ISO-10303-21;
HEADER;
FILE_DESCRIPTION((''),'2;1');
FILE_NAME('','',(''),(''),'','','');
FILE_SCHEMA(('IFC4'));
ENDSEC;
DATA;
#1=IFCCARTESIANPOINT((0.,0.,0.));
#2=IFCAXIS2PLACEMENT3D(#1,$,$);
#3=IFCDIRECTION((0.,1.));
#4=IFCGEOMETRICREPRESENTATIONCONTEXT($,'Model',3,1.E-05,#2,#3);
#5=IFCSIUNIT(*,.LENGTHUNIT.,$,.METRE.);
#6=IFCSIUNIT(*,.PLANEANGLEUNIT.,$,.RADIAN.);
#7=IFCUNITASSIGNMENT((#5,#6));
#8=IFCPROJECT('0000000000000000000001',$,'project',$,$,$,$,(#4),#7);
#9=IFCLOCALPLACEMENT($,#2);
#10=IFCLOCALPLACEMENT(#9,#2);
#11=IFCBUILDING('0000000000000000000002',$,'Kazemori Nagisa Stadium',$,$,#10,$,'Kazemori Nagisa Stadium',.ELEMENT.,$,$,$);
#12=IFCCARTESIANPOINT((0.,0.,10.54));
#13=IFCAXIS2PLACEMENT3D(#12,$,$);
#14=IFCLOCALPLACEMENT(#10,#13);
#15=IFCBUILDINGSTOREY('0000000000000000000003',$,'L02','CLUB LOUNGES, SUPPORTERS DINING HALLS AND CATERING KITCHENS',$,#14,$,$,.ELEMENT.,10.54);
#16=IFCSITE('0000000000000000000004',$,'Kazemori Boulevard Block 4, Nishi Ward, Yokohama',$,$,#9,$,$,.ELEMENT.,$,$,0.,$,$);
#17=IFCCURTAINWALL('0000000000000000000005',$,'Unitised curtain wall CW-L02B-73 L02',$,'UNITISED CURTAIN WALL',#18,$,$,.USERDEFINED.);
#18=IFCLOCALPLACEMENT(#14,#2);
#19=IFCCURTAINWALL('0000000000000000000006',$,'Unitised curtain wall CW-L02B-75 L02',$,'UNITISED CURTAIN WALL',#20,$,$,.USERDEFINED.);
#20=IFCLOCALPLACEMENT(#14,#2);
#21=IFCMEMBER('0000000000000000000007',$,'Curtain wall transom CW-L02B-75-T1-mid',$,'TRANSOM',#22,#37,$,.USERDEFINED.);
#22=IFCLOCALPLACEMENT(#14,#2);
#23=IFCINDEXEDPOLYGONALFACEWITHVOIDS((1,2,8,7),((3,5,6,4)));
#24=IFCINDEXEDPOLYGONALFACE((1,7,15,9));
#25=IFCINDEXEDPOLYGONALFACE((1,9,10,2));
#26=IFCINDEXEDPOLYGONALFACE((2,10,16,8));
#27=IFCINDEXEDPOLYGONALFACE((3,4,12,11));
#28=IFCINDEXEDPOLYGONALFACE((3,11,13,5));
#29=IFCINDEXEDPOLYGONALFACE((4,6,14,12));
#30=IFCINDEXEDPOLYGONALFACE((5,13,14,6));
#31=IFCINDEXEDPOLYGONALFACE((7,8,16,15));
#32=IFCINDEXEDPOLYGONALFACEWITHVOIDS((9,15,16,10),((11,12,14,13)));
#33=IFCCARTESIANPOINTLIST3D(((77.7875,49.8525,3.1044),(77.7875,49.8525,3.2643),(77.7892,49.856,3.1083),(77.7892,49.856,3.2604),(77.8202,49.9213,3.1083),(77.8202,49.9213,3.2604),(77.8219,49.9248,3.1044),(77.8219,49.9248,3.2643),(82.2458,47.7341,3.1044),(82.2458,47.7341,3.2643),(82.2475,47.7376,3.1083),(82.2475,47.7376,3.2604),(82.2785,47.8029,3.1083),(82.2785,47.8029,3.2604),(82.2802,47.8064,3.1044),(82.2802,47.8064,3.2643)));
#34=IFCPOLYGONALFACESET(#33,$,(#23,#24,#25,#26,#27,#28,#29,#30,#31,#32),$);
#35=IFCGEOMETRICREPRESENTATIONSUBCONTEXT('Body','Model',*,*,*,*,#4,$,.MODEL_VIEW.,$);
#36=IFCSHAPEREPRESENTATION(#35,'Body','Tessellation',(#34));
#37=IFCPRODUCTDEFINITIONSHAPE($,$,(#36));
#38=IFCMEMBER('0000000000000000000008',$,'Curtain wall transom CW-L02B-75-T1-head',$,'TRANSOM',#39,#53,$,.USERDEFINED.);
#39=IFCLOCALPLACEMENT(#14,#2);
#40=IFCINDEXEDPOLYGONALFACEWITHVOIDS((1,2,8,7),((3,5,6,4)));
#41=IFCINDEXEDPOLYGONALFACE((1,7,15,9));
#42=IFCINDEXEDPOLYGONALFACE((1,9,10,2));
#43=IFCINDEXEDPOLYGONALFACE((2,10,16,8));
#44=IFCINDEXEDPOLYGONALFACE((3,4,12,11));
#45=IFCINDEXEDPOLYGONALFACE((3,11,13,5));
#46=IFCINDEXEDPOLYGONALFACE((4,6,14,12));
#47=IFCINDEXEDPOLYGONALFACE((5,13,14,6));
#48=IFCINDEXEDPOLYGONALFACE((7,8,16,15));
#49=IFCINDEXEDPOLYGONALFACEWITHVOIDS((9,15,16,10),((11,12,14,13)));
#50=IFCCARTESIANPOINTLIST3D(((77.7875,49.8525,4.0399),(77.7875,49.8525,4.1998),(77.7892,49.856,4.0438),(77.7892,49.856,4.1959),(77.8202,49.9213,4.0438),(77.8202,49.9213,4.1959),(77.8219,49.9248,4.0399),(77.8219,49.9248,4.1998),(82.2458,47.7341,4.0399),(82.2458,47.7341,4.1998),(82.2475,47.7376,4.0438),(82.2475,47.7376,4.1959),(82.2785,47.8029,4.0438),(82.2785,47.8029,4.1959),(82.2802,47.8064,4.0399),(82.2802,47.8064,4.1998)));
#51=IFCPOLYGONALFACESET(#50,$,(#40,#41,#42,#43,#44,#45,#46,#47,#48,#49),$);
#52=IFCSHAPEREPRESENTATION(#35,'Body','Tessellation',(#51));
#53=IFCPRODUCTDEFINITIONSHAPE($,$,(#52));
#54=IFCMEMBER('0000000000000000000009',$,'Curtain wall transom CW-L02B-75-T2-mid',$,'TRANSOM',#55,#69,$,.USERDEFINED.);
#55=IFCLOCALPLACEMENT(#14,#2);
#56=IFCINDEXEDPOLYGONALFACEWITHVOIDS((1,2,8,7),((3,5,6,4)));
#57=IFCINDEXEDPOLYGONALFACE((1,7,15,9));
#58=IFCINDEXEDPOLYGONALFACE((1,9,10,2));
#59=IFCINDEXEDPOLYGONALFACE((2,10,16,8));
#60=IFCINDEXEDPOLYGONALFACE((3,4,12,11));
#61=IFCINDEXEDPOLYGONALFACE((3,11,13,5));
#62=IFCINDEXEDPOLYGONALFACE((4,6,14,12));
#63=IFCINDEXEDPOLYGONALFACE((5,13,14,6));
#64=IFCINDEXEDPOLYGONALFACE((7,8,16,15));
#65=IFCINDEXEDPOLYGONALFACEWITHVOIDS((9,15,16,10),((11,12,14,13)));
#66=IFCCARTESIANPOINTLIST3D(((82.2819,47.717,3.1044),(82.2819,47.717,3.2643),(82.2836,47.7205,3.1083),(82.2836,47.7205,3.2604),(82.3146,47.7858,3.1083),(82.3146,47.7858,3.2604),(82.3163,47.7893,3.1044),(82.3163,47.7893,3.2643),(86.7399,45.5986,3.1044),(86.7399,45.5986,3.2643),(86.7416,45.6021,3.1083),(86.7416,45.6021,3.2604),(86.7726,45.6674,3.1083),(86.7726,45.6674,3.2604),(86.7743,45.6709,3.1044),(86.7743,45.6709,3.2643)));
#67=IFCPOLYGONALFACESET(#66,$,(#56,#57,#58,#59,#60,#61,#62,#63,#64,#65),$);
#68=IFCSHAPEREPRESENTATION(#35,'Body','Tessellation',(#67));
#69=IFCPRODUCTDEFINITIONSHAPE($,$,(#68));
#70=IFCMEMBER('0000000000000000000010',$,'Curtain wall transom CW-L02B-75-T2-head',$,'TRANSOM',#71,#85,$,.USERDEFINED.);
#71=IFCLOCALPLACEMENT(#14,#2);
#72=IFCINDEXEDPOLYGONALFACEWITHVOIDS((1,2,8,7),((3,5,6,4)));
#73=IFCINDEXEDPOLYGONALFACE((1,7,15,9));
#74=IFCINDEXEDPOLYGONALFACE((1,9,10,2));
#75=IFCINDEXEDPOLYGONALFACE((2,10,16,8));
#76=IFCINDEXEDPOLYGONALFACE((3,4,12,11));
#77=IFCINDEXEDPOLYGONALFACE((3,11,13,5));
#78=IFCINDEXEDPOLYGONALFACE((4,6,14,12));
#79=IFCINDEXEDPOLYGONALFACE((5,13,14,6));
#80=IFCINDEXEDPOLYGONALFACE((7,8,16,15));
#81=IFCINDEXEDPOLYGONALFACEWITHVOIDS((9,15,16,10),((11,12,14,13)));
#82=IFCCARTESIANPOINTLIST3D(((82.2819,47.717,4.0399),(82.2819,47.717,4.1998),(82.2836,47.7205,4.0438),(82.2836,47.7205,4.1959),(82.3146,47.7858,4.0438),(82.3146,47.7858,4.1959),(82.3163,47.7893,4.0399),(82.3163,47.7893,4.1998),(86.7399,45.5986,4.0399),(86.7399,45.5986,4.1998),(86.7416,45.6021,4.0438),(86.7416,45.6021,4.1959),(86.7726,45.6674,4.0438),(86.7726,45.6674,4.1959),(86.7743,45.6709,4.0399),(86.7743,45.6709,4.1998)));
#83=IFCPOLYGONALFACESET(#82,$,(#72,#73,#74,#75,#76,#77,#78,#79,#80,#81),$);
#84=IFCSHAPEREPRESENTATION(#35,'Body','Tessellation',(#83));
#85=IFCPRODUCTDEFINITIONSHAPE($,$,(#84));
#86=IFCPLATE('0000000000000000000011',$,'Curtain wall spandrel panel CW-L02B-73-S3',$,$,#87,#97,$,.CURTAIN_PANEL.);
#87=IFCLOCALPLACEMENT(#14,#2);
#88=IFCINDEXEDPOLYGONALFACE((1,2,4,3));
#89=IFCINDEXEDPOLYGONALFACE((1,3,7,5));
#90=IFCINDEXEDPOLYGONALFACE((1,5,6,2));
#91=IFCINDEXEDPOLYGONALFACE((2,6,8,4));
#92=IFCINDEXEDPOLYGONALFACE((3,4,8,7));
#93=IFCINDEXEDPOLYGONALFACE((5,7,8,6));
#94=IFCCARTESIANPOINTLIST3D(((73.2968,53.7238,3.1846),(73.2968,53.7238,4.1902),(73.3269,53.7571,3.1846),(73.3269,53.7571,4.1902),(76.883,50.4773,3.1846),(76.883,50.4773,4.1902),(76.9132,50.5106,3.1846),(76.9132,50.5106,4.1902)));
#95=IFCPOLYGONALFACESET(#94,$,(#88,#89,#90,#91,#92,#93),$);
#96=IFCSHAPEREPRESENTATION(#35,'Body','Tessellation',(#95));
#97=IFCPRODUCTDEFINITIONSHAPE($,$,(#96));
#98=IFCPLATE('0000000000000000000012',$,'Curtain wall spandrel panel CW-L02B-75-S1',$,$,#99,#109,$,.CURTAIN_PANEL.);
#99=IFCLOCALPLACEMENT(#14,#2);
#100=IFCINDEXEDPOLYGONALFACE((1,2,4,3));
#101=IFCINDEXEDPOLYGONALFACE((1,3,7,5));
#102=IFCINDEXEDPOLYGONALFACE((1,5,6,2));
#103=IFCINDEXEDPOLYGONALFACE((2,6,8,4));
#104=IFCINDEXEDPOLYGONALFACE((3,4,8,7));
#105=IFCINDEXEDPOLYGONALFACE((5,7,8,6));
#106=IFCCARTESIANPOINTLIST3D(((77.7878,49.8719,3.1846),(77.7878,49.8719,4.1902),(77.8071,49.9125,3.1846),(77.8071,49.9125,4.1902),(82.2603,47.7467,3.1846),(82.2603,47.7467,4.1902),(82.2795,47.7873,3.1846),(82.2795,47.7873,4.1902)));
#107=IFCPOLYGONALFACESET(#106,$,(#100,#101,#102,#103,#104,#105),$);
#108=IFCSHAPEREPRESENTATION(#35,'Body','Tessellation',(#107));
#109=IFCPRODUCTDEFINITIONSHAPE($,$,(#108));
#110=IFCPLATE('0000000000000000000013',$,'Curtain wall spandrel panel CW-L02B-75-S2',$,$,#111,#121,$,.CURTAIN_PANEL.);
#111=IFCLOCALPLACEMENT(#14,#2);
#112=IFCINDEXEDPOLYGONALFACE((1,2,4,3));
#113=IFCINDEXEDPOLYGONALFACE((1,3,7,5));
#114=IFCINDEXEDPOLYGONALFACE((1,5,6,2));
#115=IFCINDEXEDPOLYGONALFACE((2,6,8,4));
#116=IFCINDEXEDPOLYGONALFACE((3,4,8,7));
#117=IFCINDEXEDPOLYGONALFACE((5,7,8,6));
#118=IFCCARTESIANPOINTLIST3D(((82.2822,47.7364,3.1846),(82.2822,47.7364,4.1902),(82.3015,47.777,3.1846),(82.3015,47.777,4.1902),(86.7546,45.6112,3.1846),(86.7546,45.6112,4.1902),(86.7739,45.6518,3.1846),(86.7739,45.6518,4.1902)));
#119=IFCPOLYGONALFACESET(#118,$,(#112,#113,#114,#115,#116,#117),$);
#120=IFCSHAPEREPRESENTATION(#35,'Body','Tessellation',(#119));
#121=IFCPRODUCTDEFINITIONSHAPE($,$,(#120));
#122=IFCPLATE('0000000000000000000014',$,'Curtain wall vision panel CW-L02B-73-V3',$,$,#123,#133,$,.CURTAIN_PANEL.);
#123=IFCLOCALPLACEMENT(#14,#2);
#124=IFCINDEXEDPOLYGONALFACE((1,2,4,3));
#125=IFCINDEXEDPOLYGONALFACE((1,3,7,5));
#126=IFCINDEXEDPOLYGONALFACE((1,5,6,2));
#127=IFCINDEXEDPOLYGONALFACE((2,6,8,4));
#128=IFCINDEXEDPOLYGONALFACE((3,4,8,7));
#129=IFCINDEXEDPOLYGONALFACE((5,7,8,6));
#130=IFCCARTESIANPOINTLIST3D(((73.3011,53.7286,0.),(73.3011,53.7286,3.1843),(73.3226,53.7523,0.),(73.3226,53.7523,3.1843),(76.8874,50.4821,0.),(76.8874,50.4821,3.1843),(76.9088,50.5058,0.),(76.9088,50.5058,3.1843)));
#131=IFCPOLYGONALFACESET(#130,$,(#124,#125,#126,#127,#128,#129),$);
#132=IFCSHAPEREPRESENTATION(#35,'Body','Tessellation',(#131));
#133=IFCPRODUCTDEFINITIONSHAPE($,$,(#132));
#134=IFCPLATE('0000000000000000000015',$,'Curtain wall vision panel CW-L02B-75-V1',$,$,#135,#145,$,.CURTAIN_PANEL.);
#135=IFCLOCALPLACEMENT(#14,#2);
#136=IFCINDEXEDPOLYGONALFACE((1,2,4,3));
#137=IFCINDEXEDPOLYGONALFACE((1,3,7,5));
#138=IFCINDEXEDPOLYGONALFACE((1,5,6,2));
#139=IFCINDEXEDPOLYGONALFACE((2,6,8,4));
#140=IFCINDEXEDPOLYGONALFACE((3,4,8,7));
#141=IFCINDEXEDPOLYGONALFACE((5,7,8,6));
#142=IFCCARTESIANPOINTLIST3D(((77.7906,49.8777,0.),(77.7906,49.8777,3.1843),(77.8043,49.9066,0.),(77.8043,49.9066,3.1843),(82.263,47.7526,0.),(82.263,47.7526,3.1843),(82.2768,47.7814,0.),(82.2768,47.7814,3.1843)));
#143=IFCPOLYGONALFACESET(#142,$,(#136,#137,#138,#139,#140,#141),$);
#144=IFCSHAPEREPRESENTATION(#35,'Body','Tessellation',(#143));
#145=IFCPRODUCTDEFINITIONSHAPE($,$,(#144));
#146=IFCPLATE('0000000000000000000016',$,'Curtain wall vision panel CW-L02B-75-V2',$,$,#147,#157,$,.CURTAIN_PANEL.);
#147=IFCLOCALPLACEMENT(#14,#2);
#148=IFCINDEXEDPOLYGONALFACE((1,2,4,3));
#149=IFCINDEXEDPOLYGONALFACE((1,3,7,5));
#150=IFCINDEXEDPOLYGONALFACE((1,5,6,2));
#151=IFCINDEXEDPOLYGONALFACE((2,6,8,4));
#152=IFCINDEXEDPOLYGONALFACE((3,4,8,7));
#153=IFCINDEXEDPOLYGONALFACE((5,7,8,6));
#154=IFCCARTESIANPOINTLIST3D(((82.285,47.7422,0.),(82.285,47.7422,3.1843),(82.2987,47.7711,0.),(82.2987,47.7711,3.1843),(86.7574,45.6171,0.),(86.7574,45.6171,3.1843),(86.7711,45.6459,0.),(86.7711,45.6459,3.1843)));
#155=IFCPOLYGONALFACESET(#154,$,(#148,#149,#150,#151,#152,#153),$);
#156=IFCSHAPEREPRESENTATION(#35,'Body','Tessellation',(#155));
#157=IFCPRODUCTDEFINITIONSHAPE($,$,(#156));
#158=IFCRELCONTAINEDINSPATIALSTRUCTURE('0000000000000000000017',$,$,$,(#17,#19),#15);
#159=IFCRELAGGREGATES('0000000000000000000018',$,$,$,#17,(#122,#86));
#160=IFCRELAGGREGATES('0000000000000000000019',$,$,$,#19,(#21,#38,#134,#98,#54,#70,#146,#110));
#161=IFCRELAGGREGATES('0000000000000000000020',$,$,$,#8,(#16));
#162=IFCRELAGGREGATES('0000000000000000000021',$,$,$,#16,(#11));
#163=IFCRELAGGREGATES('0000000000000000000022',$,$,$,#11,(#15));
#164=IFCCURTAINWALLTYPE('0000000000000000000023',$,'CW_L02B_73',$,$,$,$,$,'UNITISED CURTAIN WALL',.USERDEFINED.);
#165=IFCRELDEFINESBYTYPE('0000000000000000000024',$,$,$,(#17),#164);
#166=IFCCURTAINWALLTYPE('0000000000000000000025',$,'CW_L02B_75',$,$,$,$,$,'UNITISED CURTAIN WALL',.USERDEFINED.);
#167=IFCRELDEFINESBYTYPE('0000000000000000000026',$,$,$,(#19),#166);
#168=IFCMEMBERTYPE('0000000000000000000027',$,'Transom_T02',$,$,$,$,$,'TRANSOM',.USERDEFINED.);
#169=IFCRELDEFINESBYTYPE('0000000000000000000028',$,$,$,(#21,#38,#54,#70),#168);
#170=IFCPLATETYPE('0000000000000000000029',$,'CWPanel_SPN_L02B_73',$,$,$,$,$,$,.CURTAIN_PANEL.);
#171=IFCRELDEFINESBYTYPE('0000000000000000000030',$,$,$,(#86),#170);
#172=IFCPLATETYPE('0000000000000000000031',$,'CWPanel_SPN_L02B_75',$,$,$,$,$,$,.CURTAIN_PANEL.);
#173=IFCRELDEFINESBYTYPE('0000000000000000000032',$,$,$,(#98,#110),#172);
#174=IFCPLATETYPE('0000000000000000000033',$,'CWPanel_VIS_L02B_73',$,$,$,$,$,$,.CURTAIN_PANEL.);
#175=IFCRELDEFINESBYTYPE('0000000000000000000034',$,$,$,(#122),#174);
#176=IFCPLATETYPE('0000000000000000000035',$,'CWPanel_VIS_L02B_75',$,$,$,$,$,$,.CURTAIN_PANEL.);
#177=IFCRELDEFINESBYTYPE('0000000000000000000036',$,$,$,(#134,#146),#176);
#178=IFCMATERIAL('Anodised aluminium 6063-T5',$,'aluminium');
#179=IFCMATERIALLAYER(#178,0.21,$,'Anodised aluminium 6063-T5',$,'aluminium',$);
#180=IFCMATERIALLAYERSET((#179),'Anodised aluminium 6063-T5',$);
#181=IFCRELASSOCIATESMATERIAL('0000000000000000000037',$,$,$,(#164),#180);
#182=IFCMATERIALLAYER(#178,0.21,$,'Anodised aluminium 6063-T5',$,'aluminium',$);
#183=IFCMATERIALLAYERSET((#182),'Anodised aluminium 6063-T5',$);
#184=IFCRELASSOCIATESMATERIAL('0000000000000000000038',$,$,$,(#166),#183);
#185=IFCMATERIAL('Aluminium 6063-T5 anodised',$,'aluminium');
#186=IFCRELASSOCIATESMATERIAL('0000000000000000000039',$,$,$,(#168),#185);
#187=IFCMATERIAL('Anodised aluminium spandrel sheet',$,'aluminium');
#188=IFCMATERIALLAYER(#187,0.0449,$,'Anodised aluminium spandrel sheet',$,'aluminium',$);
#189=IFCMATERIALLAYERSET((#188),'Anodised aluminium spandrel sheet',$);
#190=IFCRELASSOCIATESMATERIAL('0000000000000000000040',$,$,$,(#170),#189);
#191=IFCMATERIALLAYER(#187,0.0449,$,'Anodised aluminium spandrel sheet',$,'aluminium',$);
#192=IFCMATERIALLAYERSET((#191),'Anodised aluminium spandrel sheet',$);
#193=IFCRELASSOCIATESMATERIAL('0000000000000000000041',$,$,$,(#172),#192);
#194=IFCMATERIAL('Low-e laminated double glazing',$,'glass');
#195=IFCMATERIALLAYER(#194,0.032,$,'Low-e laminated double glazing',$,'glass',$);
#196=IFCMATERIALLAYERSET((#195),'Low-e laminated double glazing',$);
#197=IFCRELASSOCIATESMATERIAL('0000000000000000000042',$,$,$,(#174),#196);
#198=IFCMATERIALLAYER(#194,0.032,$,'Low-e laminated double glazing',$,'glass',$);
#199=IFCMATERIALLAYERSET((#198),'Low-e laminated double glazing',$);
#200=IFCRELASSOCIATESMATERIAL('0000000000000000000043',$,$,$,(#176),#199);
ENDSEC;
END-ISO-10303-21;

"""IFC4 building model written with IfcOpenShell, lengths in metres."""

from ifc_helpers import new_model, si_unit, direction, frame, origin, origin_2d, place, context, subcontext, project, spatial, rectangle, hollow_rectangle, extrude, material, layer, layer_set, material_profile, profile_set, type_object, element, aggregate, save


model = new_model("IFC4")

# Units and contexts
model_context = context("Model", 3, precision=1e-05, world=origin(), true_north=direction((0.0, 1.0)))
body_context = subcontext(model_context, "Body", "Model", "MODEL_VIEW")
ifc_project = project(units=[si_unit("LENGTHUNIT", "METRE"), si_unit("PLANEANGLEUNIT", "RADIAN")], contexts=[model_context])

# Site, building, storey
site_placement = place(None, origin())
site = spatial("IfcSite", under=ifc_project, at=site_placement, Name="Kazemori Boulevard Block 4, Nishi Ward, Yokohama", CompositionType="ELEMENT", RefElevation=0.0)
building_placement = place(site_placement, origin())
building = spatial("IfcBuilding", under=site, at=building_placement, Name="Kazemori Nagisa Stadium", LongName="Kazemori Nagisa Stadium", CompositionType="ELEMENT")
storey_placement = place(building_placement, frame((0.0, 0.0, 10.54)))
storey = spatial("IfcBuildingStorey", under=building, at=storey_placement, Name="L02", Description="CLUB LOUNGES, SUPPORTERS DINING HALLS AND CATERING KITCHENS", CompositionType="ELEMENT", Elevation=10.54)

# Curtain walls
ifc_material_1 = material(Name="Anodised aluminium 6063-T5", Category="aluminium")
ifc_layer_1 = layer(ifc_material_1, 0.21, Name="Anodised aluminium 6063-T5", Category="aluminium")
ifc_layer_set_1 = layer_set([ifc_layer_1], Name="Anodised aluminium 6063-T5")
curtain_wall_type_1 = type_object("IfcCurtainWallType", Name="CW_L02B_73", ElementType="UNITISED CURTAIN WALL", PredefinedType="USERDEFINED", material=ifc_layer_set_1)
curtain_wall_1_placement = place(storey_placement, origin())
curtain_wall_1 = element("IfcCurtainWall", 1, at=curtain_wall_1_placement, inside=storey, type_object=curtain_wall_type_1, Name="Unitised curtain wall CW-L02B-73 L02", ObjectType="UNITISED CURTAIN WALL", PredefinedType="USERDEFINED")
ifc_material_2 = material(Name="Aluminium 6063-T5 anodised", Category="aluminium")
ifc_layer_2 = layer(ifc_material_1, 0.21, Name="Anodised aluminium 6063-T5", Category="aluminium")
ifc_layer_set_2 = layer_set([ifc_layer_2], Name="Anodised aluminium 6063-T5")
curtain_wall_type_2 = type_object("IfcCurtainWallType", Name="CW_L02B_75", ElementType="UNITISED CURTAIN WALL", PredefinedType="USERDEFINED", material=ifc_layer_set_2)
curtain_wall_2_placement = place(storey_placement, origin())
curtain_wall_2 = element("IfcCurtainWall", 2, at=curtain_wall_2_placement, inside=storey, type_object=curtain_wall_type_2, Name="Unitised curtain wall CW-L02B-75 L02", ObjectType="UNITISED CURTAIN WALL", PredefinedType="USERDEFINED")

# Members
ifc_material_profile_1 = material_profile(ifc_material_2, hollow_rectangle(XDim=0.0801, YDim=0.1599, WallThickness=0.0039, at=origin_2d()), Name="ALU-TRAN-80x160x4")
ifc_profile_set_1 = profile_set([ifc_material_profile_1], Name="Aluminium 6063-T5 anodised")
member_type_1 = type_object("IfcMemberType", Name="Transom_T02", ElementType="TRANSOM", PredefinedType="USERDEFINED", material=ifc_profile_set_1)
member_1_placement = place(storey_placement, frame((77.8047, 49.8887, 3.1843), z_axis=(0.90322, -0.429179, 0.0), x_axis=(0.429179, 0.90322, 0.0)))
member_1 = element("IfcMember", 3, at=member_1_placement, type_object=member_type_1, Name="Curtain wall transom CW-L02B-75-T1-mid", ObjectType="TRANSOM", PredefinedType="USERDEFINED", context=body_context, shape_type="SweptSolid", body=[
    extrude(hollow_rectangle(XDim=0.0801, YDim=0.1599, WallThickness=0.0039, at=origin_2d()), origin(), (0.0, 0.0, 1.0), 4.936),
])
member_2_placement = place(storey_placement, frame((77.8047, 49.8887, 4.1199), z_axis=(0.90322, -0.429179, 0.0), x_axis=(0.429179, 0.90322, 0.0)))
member_2 = element("IfcMember", 4, at=member_2_placement, type_object=member_type_1, Name="Curtain wall transom CW-L02B-75-T1-head", ObjectType="TRANSOM", PredefinedType="USERDEFINED", context=body_context, shape_type="SweptSolid", body=[
    extrude(hollow_rectangle(XDim=0.0801, YDim=0.1599, WallThickness=0.0039, at=origin_2d()), origin(), (0.0, 0.0, 1.0), 4.936),
])
member_3_placement = place(storey_placement, frame((82.2991, 47.7532, 3.1843), z_axis=(0.90321, -0.429198, 0.0), x_axis=(0.429198, 0.90321, 0.0)))
member_3 = element("IfcMember", 5, at=member_3_placement, type_object=member_type_1, Name="Curtain wall transom CW-L02B-75-T2-mid", ObjectType="TRANSOM", PredefinedType="USERDEFINED", context=body_context, shape_type="SweptSolid", body=[
    extrude(hollow_rectangle(XDim=0.0801, YDim=0.1599, WallThickness=0.0039, at=origin_2d()), origin(), (0.0, 0.0, 1.0), 4.9358),
])
member_4_placement = place(storey_placement, frame((82.2991, 47.7532, 4.1199), z_axis=(0.90321, -0.429198, 0.0), x_axis=(0.429198, 0.90321, 0.0)))
member_4 = element("IfcMember", 6, at=member_4_placement, type_object=member_type_1, Name="Curtain wall transom CW-L02B-75-T2-head", ObjectType="TRANSOM", PredefinedType="USERDEFINED", context=body_context, shape_type="SweptSolid", body=[
    extrude(hollow_rectangle(XDim=0.0801, YDim=0.1599, WallThickness=0.0039, at=origin_2d()), origin(), (0.0, 0.0, 1.0), 4.9358),
])

# Plates
ifc_material_3 = material(Name="Anodised aluminium spandrel sheet", Category="aluminium")
ifc_layer_3 = layer(ifc_material_3, 0.0449, Name="Anodised aluminium spandrel sheet", Category="aluminium")
ifc_layer_set_3 = layer_set([ifc_layer_3], Name="Anodised aluminium spandrel sheet")
plate_type_1 = type_object("IfcPlateType", Name="CWPanel_SPN_L02B_73", PredefinedType="CURTAIN_PANEL", material=ifc_layer_set_3)
plate_1_placement = place(storey_placement, frame((75.105, 52.1172, 3.1846), z_axis=(0.0, 0.0, 1.0), x_axis=(0.741351, -0.671118, 0.0)))
plate_1 = element("IfcPlate", 7, at=plate_1_placement, type_object=plate_type_1, Name="Curtain wall spandrel panel CW-L02B-73-S3", PredefinedType="CURTAIN_PANEL", context=body_context, shape_type="SweptSolid", body=[
    extrude(rectangle(XDim=4.8374, YDim=0.0449, at=origin_2d()), origin(), (0.0, 0.0, 1.0), 1.0056),
])
ifc_layer_4 = layer(ifc_material_3, 0.0449, Name="Anodised aluminium spandrel sheet", Category="aluminium")
ifc_layer_set_4 = layer_set([ifc_layer_4], Name="Anodised aluminium spandrel sheet")
plate_type_2 = type_object("IfcPlateType", Name="CWPanel_SPN_L02B_75", PredefinedType="CURTAIN_PANEL", material=ifc_layer_set_4)
plate_2_placement = place(storey_placement, frame((80.0337, 48.8296, 3.1846), z_axis=(0.0, 0.0, 1.0), x_axis=(0.903216, -0.429186, 0.0)))
plate_2 = element("IfcPlate", 8, at=plate_2_placement, type_object=plate_type_2, Name="Curtain wall spandrel panel CW-L02B-75-S1", PredefinedType="CURTAIN_PANEL", context=body_context, shape_type="SweptSolid", body=[
    extrude(rectangle(XDim=4.9517, YDim=0.0449, at=origin_2d()), origin(), (0.0, 0.0, 1.0), 1.0056),
])
plate_3_placement = place(storey_placement, frame((84.5281, 46.6941, 3.1846), z_axis=(0.0, 0.0, 1.0), x_axis=(0.903216, -0.429186, 0.0)))
plate_3 = element("IfcPlate", 9, at=plate_3_placement, type_object=plate_type_2, Name="Curtain wall spandrel panel CW-L02B-75-S2", PredefinedType="CURTAIN_PANEL", context=body_context, shape_type="SweptSolid", body=[
    extrude(rectangle(XDim=4.9517, YDim=0.0449, at=origin_2d()), origin(), (0.0, 0.0, 1.0), 1.0056),
])
ifc_material_4 = material(Name="Low-e laminated double glazing", Category="glass")
ifc_layer_5 = layer(ifc_material_4, 0.032, Name="Low-e laminated double glazing", Category="glass")
ifc_layer_set_5 = layer_set([ifc_layer_5], Name="Low-e laminated double glazing")
plate_type_3 = type_object("IfcPlateType", Name="CWPanel_VIS_L02B_73", PredefinedType="CURTAIN_PANEL", material=ifc_layer_set_5)
plate_4_placement = place(storey_placement, frame((75.105, 52.1172, 0.0), z_axis=(0.0, 0.0, 1.0), x_axis=(0.741351, -0.671118, 0.0)))
plate_4 = element("IfcPlate", 10, at=plate_4_placement, type_object=plate_type_3, Name="Curtain wall vision panel CW-L02B-73-V3", PredefinedType="CURTAIN_PANEL", context=body_context, shape_type="SweptSolid", body=[
    extrude(rectangle(XDim=4.8374, YDim=0.032, at=origin_2d()), origin(), (0.0, 0.0, 1.0), 3.1843),
])
aggregate(curtain_wall_1, [plate_4, plate_1])
ifc_layer_6 = layer(ifc_material_4, 0.032, Name="Low-e laminated double glazing", Category="glass")
ifc_layer_set_6 = layer_set([ifc_layer_6], Name="Low-e laminated double glazing")
plate_type_4 = type_object("IfcPlateType", Name="CWPanel_VIS_L02B_75", PredefinedType="CURTAIN_PANEL", material=ifc_layer_set_6)
plate_5_placement = place(storey_placement, frame((80.0337, 48.8296, 0.0), z_axis=(0.0, 0.0, 1.0), x_axis=(0.903216, -0.429186, 0.0)))
plate_5 = element("IfcPlate", 11, at=plate_5_placement, type_object=plate_type_4, Name="Curtain wall vision panel CW-L02B-75-V1", PredefinedType="CURTAIN_PANEL", context=body_context, shape_type="SweptSolid", body=[
    extrude(rectangle(XDim=4.9517, YDim=0.032, at=origin_2d()), origin(), (0.0, 0.0, 1.0), 3.1843),
])
plate_6_placement = place(storey_placement, frame((84.5281, 46.6941, 0.0), z_axis=(0.0, 0.0, 1.0), x_axis=(0.903216, -0.429186, 0.0)))
plate_6 = element("IfcPlate", 12, at=plate_6_placement, type_object=plate_type_4, Name="Curtain wall vision panel CW-L02B-75-V2", PredefinedType="CURTAIN_PANEL", context=body_context, shape_type="SweptSolid", body=[
    extrude(rectangle(XDim=4.9517, YDim=0.032, at=origin_2d()), origin(), (0.0, 0.0, 1.0), 3.1843),
])
aggregate(curtain_wall_2, [member_1, member_2, plate_5, plate_2, member_3, member_4, plate_6, plate_3])

save(model, "model.ifc")
